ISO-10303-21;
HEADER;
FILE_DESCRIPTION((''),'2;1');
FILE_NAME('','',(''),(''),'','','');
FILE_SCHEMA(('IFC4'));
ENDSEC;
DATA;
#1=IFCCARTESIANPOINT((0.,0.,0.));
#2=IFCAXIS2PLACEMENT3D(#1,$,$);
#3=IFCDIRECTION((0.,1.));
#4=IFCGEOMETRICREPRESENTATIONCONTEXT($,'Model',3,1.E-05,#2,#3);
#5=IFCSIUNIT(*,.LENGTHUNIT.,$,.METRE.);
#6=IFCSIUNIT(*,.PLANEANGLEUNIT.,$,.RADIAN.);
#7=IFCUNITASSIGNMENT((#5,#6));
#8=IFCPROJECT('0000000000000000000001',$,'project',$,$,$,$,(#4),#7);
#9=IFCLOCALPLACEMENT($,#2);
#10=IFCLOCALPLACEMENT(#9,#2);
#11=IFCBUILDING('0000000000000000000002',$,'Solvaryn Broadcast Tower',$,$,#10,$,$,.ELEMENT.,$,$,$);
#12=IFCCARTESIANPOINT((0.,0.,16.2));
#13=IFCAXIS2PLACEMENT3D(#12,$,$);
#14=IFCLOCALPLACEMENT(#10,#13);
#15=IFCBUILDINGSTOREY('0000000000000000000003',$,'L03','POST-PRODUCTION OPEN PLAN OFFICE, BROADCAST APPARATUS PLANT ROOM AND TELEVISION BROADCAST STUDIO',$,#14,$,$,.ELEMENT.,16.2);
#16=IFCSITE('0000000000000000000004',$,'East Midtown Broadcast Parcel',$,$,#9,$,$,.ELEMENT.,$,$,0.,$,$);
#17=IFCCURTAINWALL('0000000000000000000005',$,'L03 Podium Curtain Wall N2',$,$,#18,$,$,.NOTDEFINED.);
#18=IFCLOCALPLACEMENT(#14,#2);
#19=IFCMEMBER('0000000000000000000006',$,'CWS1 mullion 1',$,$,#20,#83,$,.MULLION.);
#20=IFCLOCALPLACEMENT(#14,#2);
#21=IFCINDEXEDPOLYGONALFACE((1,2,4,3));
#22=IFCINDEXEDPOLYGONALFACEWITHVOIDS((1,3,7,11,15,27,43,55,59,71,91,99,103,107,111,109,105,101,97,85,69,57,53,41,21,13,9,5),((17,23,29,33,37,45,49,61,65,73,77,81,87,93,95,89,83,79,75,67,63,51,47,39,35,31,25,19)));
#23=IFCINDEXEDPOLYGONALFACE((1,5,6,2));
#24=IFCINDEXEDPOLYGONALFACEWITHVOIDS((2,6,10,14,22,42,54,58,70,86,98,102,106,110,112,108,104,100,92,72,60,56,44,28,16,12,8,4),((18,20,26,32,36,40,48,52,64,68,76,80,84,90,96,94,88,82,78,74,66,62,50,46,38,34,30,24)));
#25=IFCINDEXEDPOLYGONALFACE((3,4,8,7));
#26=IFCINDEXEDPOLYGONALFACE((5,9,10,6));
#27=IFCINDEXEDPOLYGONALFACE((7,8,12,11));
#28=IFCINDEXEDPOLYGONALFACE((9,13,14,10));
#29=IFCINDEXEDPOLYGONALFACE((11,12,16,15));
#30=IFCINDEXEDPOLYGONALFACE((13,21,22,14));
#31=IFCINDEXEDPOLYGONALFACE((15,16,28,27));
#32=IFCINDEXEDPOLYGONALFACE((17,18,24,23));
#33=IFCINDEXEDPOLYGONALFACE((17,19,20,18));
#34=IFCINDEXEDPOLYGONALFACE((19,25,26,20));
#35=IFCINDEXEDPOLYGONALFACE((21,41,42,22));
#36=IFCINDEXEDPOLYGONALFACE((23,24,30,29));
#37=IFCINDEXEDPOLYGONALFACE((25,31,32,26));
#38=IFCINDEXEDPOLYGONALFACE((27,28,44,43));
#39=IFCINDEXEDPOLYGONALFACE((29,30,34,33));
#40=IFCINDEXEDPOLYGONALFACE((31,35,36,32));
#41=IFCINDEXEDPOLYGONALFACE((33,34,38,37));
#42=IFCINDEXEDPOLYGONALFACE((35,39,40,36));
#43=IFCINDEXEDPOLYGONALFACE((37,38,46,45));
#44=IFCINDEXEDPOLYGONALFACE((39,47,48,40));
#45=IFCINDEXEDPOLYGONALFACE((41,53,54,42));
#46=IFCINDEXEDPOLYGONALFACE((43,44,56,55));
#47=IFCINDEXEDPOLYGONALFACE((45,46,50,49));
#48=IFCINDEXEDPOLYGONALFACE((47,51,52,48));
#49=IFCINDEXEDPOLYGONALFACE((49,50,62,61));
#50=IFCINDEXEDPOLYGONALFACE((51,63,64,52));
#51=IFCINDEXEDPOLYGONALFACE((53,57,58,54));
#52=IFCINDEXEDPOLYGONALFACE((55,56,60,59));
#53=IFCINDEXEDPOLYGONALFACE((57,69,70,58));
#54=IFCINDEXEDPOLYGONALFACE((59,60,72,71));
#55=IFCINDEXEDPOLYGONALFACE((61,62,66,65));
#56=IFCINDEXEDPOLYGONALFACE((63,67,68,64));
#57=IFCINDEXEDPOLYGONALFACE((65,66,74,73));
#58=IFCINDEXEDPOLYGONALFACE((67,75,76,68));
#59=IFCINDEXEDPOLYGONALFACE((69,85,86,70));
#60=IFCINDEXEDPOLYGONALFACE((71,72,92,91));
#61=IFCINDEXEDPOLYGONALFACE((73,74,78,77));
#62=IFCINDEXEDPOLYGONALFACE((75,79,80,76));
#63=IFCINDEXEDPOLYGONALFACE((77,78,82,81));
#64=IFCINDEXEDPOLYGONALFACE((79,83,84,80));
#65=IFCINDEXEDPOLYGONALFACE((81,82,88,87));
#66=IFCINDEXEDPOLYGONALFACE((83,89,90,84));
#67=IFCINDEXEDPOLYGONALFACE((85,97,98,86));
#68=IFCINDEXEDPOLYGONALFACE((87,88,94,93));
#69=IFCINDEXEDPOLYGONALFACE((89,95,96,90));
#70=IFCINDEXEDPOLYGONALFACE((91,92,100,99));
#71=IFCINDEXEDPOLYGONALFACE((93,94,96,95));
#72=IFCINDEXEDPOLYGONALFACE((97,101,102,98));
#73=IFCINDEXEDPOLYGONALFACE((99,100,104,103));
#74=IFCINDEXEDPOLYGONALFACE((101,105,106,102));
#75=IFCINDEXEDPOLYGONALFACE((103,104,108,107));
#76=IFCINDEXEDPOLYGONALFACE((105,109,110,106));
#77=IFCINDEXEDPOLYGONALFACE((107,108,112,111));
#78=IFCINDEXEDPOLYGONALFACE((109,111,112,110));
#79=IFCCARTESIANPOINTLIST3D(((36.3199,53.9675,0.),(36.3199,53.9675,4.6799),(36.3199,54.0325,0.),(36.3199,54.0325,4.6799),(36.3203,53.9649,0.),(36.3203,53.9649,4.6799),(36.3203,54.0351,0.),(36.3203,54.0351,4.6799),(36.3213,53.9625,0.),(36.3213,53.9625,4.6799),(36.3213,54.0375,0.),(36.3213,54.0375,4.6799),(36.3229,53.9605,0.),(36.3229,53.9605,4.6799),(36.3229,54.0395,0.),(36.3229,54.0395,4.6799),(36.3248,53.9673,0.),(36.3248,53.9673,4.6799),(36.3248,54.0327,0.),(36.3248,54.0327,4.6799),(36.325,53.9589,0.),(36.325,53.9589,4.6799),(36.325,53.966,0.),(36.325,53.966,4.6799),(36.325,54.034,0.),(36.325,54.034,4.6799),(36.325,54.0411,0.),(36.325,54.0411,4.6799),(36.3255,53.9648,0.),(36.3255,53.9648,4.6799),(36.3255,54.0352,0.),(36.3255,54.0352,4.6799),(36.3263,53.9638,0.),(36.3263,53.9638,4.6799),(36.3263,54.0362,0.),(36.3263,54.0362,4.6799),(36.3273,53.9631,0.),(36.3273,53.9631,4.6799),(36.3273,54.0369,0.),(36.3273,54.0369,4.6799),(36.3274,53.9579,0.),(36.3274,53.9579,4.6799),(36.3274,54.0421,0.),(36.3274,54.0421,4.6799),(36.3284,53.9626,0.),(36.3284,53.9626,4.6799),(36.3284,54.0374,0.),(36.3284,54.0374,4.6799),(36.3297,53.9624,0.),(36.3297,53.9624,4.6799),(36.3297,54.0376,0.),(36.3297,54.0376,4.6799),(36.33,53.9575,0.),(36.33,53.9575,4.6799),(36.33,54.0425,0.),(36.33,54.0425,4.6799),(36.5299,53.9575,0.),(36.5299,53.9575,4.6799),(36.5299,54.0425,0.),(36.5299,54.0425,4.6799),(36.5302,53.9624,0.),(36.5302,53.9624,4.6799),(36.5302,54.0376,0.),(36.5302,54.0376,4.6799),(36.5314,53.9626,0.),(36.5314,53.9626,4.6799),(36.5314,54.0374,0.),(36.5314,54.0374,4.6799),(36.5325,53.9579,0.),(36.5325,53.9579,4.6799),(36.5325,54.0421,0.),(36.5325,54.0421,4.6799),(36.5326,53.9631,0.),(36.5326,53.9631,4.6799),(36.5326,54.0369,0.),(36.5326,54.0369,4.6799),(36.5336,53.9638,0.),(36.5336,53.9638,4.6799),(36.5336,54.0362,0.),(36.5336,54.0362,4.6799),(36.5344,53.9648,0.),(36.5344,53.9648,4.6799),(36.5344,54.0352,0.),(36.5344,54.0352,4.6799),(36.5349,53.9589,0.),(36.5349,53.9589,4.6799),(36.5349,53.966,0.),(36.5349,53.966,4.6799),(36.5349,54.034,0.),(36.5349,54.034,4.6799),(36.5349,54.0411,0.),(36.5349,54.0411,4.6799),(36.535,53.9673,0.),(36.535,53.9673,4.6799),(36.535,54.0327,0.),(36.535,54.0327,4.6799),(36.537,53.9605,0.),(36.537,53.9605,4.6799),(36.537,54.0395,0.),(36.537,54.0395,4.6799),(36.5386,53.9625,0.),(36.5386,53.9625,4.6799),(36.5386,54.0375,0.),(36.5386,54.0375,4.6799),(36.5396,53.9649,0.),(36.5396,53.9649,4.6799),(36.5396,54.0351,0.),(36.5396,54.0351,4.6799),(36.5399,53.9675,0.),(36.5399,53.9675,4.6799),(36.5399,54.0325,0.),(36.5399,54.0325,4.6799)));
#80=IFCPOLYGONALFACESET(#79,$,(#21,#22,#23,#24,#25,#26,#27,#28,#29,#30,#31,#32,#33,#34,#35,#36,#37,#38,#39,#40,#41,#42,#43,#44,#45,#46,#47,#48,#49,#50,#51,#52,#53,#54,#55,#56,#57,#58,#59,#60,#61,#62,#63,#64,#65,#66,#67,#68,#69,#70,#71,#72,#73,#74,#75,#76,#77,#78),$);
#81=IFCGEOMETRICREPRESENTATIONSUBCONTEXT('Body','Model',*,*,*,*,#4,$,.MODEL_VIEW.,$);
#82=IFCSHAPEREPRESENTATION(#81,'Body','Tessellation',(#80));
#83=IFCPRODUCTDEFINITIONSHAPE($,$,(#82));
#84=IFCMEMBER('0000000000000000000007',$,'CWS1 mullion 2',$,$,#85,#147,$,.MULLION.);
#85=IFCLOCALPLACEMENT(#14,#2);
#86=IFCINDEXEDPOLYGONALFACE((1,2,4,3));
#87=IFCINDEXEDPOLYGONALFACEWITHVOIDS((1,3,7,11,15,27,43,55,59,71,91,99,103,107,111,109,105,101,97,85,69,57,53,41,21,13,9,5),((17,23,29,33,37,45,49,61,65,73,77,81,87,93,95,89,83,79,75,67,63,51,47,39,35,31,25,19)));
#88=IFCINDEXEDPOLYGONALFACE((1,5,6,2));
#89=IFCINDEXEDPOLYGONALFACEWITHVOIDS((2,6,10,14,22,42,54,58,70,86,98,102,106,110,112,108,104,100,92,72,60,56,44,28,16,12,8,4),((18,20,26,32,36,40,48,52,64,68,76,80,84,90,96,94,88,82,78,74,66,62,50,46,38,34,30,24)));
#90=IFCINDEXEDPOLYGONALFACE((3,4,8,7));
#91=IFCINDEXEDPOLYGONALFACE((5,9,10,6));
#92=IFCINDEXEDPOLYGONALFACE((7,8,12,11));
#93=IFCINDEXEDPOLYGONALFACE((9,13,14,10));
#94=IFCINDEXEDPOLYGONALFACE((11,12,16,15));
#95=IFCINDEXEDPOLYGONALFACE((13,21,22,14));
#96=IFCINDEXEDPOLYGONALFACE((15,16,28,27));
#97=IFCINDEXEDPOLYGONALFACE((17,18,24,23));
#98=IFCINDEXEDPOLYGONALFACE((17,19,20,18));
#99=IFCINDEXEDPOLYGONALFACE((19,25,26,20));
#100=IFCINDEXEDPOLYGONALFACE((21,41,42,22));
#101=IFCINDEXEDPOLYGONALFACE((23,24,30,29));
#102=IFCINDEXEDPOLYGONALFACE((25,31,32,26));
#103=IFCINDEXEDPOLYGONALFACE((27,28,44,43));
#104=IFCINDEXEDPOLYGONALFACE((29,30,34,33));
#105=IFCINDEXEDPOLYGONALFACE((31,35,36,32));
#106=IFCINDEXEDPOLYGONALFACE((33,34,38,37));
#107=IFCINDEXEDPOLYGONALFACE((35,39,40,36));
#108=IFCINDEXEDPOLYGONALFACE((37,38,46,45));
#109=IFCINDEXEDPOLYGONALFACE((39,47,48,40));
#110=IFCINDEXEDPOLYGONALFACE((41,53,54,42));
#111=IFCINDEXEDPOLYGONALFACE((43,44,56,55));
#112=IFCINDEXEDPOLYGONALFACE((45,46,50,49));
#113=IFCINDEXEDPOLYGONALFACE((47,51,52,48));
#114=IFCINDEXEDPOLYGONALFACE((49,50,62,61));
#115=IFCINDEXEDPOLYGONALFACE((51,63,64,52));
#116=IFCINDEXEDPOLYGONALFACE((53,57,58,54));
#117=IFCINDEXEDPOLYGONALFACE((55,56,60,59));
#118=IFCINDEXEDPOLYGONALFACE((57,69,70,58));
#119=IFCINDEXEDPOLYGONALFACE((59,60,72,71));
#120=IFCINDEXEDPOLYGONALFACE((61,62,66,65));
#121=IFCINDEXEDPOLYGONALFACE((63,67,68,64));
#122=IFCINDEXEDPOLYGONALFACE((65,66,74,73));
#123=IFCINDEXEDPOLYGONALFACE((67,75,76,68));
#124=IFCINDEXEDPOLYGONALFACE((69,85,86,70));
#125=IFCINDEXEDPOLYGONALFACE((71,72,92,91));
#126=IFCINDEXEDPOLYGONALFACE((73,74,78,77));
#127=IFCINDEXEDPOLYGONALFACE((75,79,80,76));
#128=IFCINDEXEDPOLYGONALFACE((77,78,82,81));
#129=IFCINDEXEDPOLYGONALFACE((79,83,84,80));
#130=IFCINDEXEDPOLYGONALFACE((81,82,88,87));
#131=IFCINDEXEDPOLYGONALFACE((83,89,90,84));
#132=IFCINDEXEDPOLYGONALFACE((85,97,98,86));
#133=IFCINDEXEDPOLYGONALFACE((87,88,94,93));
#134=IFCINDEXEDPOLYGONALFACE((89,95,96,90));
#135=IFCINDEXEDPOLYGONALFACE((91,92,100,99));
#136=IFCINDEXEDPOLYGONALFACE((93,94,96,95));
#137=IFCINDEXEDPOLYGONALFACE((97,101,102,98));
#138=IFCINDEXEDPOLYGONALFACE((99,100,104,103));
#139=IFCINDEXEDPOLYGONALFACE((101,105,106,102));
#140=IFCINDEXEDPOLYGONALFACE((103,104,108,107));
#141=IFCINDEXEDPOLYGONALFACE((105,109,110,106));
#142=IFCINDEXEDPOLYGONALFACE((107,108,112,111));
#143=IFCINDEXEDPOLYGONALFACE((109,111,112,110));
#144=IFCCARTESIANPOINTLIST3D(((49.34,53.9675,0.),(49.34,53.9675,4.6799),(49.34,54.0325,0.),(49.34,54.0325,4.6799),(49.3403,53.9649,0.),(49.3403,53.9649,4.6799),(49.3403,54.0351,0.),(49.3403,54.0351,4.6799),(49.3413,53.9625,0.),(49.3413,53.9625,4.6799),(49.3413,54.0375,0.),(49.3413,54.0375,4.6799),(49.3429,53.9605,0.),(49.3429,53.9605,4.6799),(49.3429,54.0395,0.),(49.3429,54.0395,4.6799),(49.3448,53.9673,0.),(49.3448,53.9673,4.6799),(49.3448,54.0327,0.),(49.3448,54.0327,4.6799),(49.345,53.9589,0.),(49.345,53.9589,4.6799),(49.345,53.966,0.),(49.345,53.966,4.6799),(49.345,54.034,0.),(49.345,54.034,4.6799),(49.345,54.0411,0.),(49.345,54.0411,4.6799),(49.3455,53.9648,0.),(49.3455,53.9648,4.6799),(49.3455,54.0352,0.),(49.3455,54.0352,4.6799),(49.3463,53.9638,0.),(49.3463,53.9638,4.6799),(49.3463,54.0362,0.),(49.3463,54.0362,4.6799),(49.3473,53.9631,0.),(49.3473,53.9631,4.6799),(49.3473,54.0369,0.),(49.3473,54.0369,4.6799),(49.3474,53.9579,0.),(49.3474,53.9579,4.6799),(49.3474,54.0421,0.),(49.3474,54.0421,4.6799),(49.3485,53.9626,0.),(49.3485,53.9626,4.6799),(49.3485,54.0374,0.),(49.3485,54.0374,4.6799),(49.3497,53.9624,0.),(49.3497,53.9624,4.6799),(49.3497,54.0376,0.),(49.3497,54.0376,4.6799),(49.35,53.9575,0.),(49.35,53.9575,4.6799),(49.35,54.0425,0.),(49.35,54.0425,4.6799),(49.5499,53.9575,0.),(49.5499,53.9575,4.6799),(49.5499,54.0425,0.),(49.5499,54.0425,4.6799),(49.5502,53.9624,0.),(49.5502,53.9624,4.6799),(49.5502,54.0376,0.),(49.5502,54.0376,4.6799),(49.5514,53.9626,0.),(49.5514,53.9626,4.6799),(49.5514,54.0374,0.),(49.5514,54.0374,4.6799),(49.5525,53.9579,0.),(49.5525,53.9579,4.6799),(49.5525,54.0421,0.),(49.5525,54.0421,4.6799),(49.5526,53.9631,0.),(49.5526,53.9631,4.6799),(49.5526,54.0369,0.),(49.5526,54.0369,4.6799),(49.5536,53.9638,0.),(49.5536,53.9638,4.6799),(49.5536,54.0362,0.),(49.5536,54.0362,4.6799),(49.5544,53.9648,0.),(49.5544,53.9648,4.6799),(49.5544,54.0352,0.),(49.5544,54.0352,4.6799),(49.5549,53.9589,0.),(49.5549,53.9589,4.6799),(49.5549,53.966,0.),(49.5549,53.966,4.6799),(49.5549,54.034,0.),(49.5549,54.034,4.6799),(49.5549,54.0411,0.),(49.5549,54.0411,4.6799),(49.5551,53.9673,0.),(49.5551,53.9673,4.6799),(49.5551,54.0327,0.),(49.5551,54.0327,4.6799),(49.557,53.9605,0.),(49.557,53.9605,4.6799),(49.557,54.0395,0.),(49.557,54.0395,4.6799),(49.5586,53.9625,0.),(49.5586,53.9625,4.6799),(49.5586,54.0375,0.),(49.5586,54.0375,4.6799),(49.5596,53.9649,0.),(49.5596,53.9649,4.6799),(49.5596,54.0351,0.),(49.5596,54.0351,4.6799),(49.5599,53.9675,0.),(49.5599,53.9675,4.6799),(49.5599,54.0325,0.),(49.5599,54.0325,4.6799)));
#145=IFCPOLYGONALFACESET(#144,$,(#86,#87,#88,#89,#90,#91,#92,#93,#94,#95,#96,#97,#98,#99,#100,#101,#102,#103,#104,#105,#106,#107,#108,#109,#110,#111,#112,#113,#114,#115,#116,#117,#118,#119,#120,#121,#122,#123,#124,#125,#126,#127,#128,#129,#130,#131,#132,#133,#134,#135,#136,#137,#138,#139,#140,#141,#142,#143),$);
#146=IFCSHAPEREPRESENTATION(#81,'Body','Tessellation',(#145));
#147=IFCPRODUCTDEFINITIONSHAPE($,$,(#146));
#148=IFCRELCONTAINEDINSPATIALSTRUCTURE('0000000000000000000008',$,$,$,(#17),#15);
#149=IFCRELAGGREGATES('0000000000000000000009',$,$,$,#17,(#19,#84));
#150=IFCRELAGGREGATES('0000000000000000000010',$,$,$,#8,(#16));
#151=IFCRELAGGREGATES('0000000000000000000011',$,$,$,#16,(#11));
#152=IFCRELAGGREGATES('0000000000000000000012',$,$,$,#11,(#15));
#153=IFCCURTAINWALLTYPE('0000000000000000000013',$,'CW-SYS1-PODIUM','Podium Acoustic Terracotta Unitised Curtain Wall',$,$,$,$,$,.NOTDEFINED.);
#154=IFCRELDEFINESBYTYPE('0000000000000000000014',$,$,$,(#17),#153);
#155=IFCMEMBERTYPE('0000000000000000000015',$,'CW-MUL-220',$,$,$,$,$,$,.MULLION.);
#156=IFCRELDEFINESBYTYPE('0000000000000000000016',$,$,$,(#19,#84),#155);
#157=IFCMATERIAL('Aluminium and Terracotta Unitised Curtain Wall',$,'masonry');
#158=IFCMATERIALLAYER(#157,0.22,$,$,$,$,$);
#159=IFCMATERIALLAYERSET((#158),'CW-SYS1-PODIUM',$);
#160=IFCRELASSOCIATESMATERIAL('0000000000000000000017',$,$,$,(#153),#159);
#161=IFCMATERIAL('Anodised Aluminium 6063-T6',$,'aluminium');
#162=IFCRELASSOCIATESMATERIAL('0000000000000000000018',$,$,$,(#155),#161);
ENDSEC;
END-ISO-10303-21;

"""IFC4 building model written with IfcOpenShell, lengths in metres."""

from ifc_helpers import new_model, si_unit, direction, frame, origin, origin_2d, place, context, subcontext, project, spatial, hollow_rectangle, extrude, material, layer, layer_set, material_profile, profile_set, type_object, element, aggregate, save


model = new_model("IFC4")

# Units and contexts
model_context = context("Model", 3, precision=1e-05, world=origin(), true_north=direction((0.0, 1.0)))
body_context = subcontext(model_context, "Body", "Model", "MODEL_VIEW")
ifc_project = project(units=[si_unit("LENGTHUNIT", "METRE"), si_unit("PLANEANGLEUNIT", "RADIAN")], contexts=[model_context])

# Site, building, storey
site_placement = place(None, origin())
site = spatial("IfcSite", under=ifc_project, at=site_placement, Name="East Midtown Broadcast Parcel", CompositionType="ELEMENT", RefElevation=0.0)
building_placement = place(site_placement, origin())
building = spatial("IfcBuilding", under=site, at=building_placement, Name="Solvaryn Broadcast Tower", CompositionType="ELEMENT")
storey_placement = place(building_placement, frame((0.0, 0.0, 16.2)))
storey = spatial("IfcBuildingStorey", under=building, at=storey_placement, Name="L03", Description="POST-PRODUCTION OPEN PLAN OFFICE, BROADCAST APPARATUS PLANT ROOM AND TELEVISION BROADCAST STUDIO", CompositionType="ELEMENT", Elevation=16.2)

# Shared definitions
ifc_material_1 = material(Name="Aluminium and Terracotta Unitised Curtain Wall", Category="masonry")
ifc_layer_1 = layer(ifc_material_1, 0.22)
ifc_layer_set_1 = layer_set([ifc_layer_1], Name="CW-SYS1-PODIUM")
curtain_wall_type = type_object("IfcCurtainWallType", Name="CW-SYS1-PODIUM", Description="Podium Acoustic Terracotta Unitised Curtain Wall", PredefinedType="NOTDEFINED", material=ifc_layer_set_1)
ifc_material_2 = material(Name="Anodised Aluminium 6063-T6", Category="aluminium")
ifc_material_profile_1 = material_profile(ifc_material_2, hollow_rectangle(XDim=0.085, YDim=0.22, WallThickness=0.0049, InnerFilletRadius=0.0049, OuterFilletRadius=0.01, at=origin_2d()))
ifc_profile_set_1 = profile_set([ifc_material_profile_1], Name="Anodised Aluminium 6063-T6")
member_type_1 = type_object("IfcMemberType", Name="CW-MUL-220", PredefinedType="MULLION", material=ifc_profile_set_1)

# Curtain wall, members
curtain_wall_1_placement = place(storey_placement, origin())
curtain_wall_1 = element("IfcCurtainWall", 1, at=curtain_wall_1_placement, inside=storey, type_object=curtain_wall_type, Name="L03 Podium Curtain Wall N2", PredefinedType="NOTDEFINED")
member_1_placement = place(storey_placement, frame((36.4299, 54.0, 0.0), z_axis=(0.0, 0.0, 1.0), x_axis=(0.0, 1.0, 0.0)))
member_1 = element("IfcMember", 2, at=member_1_placement, type_object=member_type_1, Name="CWS1 mullion 1", PredefinedType="MULLION", context=body_context, shape_type="SweptSolid", body=[
    extrude(hollow_rectangle(XDim=0.085, YDim=0.22, WallThickness=0.0049, InnerFilletRadius=0.0049, OuterFilletRadius=0.01, at=origin_2d()), origin(), (0.0, 0.0, 1.0), 4.6799),
])
member_2_placement = place(storey_placement, frame((49.45, 54.0, 0.0), z_axis=(0.0, 0.0, 1.0), x_axis=(0.0, 1.0, 0.0)))
member_2 = element("IfcMember", 3, at=member_2_placement, type_object=member_type_1, Name="CWS1 mullion 2", PredefinedType="MULLION", context=body_context, shape_type="SweptSolid", body=[
    extrude(hollow_rectangle(XDim=0.085, YDim=0.22, WallThickness=0.0049, InnerFilletRadius=0.0049, OuterFilletRadius=0.01, at=origin_2d()), origin(), (0.0, 0.0, 1.0), 4.6799),
])
aggregate(curtain_wall_1, [member_1, member_2])

save(model, "model.ifc")
